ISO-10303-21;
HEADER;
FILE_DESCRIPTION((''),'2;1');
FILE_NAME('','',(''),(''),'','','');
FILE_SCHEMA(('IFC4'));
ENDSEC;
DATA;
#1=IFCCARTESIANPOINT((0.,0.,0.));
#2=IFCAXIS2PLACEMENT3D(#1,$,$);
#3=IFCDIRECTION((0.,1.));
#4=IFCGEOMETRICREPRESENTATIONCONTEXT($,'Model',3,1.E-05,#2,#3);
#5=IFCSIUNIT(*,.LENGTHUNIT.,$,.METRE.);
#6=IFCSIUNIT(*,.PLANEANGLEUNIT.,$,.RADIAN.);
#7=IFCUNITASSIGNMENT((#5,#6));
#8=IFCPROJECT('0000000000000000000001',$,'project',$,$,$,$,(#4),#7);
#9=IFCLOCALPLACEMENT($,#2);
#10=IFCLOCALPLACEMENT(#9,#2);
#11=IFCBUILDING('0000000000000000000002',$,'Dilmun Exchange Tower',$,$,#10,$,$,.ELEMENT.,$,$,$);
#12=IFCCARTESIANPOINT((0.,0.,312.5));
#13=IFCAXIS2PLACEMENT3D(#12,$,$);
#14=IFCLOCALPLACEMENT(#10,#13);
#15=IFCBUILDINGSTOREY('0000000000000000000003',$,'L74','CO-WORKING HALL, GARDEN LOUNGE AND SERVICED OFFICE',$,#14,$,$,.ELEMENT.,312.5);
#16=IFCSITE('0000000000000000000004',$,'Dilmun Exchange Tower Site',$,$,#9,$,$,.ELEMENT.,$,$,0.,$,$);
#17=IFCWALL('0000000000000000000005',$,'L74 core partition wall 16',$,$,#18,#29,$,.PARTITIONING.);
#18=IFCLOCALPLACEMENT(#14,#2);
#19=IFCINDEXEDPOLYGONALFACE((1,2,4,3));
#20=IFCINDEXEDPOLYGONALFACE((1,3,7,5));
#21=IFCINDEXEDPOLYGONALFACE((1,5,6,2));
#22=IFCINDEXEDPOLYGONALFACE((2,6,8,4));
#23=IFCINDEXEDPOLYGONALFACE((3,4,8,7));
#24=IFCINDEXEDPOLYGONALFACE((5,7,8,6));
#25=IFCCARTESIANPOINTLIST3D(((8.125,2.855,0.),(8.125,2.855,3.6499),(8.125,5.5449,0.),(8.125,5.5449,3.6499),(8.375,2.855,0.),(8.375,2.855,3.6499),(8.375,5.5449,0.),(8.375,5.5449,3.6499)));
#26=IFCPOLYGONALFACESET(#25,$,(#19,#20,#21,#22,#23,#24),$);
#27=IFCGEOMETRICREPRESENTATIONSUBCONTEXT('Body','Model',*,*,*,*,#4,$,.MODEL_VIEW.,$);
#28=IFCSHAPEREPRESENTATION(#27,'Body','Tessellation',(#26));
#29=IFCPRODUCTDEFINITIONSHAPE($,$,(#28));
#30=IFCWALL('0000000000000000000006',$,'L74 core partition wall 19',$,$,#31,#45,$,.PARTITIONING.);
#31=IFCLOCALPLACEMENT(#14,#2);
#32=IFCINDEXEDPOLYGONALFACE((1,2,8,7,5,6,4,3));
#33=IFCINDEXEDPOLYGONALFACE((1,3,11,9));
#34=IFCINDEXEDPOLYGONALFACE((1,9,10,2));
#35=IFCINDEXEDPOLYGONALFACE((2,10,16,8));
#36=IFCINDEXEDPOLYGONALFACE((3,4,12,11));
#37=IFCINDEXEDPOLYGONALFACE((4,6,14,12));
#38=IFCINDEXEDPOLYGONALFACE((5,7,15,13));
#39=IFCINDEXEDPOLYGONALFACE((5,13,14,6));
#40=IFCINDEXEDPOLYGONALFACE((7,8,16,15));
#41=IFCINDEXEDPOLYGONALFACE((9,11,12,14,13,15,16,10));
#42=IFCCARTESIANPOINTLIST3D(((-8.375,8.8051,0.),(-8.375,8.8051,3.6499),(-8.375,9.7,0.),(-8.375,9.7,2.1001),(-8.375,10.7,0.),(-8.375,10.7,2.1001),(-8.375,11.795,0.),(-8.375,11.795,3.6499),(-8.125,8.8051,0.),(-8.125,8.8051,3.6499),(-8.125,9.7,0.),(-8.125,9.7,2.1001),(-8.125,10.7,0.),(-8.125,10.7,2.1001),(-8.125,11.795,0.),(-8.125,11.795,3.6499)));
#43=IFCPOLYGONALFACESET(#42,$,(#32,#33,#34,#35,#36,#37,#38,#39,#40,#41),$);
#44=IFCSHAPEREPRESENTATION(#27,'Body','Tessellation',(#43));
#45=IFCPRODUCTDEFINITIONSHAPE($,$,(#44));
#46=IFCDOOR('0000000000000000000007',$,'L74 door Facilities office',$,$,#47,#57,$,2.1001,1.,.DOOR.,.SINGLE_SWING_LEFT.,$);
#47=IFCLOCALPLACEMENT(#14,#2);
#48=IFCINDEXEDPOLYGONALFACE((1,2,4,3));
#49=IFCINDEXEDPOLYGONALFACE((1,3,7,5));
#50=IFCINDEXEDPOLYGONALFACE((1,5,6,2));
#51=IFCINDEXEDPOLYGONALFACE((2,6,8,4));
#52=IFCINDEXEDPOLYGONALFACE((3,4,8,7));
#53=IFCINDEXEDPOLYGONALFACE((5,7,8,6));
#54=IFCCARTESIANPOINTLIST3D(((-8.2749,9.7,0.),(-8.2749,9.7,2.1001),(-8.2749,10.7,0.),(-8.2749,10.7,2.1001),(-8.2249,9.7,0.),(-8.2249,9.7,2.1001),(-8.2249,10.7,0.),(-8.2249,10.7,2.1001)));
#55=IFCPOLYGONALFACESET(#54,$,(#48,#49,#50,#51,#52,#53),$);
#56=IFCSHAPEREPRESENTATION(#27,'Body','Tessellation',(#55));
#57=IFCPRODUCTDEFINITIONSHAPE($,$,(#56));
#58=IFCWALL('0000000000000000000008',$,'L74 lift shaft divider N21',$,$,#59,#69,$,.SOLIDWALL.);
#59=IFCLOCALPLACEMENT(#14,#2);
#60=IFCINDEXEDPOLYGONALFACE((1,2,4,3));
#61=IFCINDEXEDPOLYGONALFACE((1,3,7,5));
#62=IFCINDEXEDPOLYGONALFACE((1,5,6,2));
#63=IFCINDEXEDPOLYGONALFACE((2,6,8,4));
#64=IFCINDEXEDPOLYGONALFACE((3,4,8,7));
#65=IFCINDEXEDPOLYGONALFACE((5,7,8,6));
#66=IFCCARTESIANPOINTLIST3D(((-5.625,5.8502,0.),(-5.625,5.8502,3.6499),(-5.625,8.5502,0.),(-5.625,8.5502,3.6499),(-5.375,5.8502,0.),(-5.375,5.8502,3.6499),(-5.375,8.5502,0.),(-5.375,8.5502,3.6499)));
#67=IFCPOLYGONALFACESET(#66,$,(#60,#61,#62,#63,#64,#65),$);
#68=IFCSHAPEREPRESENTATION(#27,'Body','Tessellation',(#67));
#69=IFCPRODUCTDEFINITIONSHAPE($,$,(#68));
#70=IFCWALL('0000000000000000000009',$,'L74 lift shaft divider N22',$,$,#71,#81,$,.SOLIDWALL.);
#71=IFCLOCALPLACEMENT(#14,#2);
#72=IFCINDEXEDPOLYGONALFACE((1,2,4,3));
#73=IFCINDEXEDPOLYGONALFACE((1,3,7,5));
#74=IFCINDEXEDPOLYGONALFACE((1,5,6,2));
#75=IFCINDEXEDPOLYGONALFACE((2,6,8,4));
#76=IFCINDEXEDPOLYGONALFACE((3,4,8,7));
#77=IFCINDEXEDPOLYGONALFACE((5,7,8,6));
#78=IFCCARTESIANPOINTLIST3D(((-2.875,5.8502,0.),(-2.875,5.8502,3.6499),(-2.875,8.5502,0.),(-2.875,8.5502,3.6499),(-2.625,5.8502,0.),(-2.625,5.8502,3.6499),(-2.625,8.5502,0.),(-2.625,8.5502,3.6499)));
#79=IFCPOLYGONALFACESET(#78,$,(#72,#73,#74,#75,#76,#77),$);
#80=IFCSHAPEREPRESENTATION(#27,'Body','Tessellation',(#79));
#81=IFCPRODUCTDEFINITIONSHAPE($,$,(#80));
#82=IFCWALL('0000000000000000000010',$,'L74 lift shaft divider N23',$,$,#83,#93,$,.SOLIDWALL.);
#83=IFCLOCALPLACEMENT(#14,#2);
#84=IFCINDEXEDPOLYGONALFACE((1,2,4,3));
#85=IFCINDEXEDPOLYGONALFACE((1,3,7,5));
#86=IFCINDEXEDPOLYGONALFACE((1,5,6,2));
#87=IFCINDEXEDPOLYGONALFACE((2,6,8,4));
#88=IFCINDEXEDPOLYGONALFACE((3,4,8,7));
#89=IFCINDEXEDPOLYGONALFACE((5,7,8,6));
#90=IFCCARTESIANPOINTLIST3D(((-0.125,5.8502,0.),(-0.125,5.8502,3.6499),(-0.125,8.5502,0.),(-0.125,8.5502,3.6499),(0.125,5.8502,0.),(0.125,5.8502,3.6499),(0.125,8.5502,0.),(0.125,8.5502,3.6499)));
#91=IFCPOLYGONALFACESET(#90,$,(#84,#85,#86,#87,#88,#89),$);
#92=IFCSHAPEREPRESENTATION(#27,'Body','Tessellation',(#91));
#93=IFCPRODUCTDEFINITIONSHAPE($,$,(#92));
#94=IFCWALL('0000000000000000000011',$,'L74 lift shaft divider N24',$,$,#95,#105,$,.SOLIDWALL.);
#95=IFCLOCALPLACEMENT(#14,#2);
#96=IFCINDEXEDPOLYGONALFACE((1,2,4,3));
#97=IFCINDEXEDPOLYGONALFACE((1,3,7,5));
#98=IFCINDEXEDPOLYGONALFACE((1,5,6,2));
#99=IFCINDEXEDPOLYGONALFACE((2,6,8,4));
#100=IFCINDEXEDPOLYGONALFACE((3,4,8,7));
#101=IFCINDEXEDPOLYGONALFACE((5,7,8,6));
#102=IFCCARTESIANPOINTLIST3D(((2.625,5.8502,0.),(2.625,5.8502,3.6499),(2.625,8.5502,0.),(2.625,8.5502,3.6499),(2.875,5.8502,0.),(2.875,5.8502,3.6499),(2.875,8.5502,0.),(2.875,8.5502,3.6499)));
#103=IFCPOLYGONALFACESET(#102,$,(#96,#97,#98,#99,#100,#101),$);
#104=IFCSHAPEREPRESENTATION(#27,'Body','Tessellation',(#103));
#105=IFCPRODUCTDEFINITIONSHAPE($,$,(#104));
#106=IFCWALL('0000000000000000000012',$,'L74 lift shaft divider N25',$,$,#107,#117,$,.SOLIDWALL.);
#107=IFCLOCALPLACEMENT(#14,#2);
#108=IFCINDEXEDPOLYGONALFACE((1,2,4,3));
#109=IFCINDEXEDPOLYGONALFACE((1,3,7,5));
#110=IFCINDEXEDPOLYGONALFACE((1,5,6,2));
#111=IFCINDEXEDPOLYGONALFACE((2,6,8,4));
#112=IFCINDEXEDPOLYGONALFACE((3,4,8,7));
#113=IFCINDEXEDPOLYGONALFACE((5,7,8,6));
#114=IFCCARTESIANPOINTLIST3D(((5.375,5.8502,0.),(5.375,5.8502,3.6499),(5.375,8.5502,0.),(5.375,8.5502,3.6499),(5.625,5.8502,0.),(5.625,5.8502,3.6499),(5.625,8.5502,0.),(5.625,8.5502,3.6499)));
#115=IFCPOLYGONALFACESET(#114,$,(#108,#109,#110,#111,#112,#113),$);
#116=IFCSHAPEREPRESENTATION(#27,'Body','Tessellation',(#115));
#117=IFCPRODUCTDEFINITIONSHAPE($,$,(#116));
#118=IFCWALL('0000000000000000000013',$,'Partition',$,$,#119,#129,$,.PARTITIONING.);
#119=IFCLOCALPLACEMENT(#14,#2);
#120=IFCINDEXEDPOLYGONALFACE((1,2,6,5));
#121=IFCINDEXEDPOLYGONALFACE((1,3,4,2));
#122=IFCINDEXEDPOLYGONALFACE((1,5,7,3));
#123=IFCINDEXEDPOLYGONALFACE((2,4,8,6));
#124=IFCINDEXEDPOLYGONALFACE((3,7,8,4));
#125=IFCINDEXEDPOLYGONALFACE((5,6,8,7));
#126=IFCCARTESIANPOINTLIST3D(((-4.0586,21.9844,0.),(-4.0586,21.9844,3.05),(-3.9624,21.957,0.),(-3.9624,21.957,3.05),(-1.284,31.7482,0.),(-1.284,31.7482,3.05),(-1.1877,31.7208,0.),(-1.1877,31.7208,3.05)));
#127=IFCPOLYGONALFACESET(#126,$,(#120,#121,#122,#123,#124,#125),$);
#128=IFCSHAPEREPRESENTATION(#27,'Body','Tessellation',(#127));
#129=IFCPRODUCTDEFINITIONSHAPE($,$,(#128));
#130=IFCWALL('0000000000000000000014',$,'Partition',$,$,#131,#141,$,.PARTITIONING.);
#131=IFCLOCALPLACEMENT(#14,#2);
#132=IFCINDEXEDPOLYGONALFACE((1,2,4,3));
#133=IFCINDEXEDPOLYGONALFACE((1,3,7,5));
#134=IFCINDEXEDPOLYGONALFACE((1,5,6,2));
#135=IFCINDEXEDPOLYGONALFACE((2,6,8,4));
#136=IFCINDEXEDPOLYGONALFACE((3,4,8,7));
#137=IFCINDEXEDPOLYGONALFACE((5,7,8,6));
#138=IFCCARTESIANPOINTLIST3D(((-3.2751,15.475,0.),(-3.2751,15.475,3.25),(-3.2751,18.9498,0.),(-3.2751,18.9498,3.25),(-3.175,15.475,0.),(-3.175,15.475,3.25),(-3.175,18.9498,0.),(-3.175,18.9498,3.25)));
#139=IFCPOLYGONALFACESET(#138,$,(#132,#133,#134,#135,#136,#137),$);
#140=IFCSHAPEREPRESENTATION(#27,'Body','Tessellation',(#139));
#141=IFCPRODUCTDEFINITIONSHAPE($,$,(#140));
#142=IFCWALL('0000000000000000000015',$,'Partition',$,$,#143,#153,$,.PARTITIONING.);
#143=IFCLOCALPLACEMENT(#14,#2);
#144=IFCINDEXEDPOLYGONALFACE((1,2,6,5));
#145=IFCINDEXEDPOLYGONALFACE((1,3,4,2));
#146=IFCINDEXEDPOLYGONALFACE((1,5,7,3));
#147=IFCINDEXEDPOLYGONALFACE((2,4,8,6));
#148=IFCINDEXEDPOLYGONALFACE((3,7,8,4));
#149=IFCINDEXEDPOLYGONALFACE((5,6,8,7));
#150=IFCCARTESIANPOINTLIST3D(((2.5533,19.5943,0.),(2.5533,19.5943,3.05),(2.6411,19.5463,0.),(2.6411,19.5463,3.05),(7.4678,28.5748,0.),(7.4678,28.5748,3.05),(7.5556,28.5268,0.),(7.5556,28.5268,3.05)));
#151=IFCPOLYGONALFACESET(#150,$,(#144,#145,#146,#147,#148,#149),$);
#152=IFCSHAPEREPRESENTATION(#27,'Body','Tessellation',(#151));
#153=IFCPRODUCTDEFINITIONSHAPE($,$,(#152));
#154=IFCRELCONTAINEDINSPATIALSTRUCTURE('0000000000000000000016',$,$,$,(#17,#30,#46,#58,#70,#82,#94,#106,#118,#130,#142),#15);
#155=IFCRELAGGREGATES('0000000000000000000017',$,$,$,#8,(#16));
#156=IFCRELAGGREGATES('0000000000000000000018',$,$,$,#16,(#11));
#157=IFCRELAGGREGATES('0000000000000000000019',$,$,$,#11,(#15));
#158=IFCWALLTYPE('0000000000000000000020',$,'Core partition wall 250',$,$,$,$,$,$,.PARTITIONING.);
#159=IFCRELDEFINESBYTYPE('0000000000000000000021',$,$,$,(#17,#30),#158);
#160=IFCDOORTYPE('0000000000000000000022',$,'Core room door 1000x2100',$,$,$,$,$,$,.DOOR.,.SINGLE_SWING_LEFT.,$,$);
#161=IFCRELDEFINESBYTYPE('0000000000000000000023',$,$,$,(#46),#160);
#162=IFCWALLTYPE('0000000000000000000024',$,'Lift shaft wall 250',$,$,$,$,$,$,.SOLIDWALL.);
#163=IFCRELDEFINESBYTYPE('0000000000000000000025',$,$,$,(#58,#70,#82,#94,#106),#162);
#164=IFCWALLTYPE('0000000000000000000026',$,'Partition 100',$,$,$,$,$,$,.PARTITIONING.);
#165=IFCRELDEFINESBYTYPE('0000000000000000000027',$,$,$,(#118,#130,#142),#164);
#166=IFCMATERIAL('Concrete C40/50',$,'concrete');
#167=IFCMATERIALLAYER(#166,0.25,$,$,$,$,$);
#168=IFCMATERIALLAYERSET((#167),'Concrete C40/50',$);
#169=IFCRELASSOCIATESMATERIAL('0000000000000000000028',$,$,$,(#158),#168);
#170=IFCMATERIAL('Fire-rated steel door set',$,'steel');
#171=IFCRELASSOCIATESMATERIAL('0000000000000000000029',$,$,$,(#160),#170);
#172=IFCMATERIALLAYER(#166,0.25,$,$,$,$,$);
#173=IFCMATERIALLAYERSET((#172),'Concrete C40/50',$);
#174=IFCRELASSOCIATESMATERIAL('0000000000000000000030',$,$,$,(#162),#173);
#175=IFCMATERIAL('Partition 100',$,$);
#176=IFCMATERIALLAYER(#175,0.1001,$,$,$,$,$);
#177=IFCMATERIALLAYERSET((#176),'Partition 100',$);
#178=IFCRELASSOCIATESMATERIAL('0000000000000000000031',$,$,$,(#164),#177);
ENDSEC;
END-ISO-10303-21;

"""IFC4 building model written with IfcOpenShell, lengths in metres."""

from ifc_helpers import new_model, si_unit, direction, frame, frame_2d, origin, place, context, subcontext, project, spatial, rectangle, extrude, material, layer, layer_set, type_object, element, fill, save


model = new_model("IFC4")

# Units and contexts
model_context = context("Model", 3, precision=1e-05, world=origin(), true_north=direction((0.0, 1.0)))
body_context = subcontext(model_context, "Body", "Model", "MODEL_VIEW")
ifc_project = project(units=[si_unit("LENGTHUNIT", "METRE"), si_unit("PLANEANGLEUNIT", "RADIAN")], contexts=[model_context])

# Site, building, storey
site_placement = place(None, origin())
site = spatial("IfcSite", under=ifc_project, at=site_placement, Name="Dilmun Exchange Tower Site", CompositionType="ELEMENT", RefElevation=0.0)
building_placement = place(site_placement, origin())
building = spatial("IfcBuilding", under=site, at=building_placement, Name="Dilmun Exchange Tower", CompositionType="ELEMENT")
storey_placement = place(building_placement, frame((0.0, 0.0, 312.5)))
storey = spatial("IfcBuildingStorey", under=building, at=storey_placement, Name="L74", Description="CO-WORKING HALL, GARDEN LOUNGE AND SERVICED OFFICE", CompositionType="ELEMENT", Elevation=312.5)

# Shared definitions
ifc_material_1 = material(Name="Concrete C40/50", Category="concrete")

# Wall
ifc_layer_1 = layer(ifc_material_1, 0.25)
ifc_layer_set_1 = layer_set([ifc_layer_1], Name="Concrete C40/50")
wall_type_1 = type_object("IfcWallType", Name="Core partition wall 250", PredefinedType="PARTITIONING", material=ifc_layer_set_1)
wall_1_placement = place(storey_placement, frame((8.25, 2.855, 0.0), z_axis=(0.0, 0.0, 1.0), x_axis=(0.0, 1.0, 0.0)))
element("IfcWall", 1, at=wall_1_placement, inside=storey, type_object=wall_type_1, Name="L74 core partition wall 16", PredefinedType="PARTITIONING", context=body_context, shape_type="SweptSolid", body=[
    extrude(rectangle(XDim=2.6899, YDim=0.25, at=frame_2d((1.345, 0.0))), origin(), (0.0, 0.0, 1.0), 3.6499),
])

# Wall, opening, door
wall_2_placement = place(storey_placement, frame((-8.25, 8.8049, 0.0), z_axis=(0.0, 0.0, 1.0), x_axis=(0.0, 1.0, 0.0)))
wall_2 = element("IfcWall", 2, at=wall_2_placement, inside=storey, type_object=wall_type_1, Name="L74 core partition wall 19", PredefinedType="PARTITIONING", context=body_context, shape_type="SweptSolid", body=[
    extrude(rectangle(XDim=2.99, YDim=0.25, at=frame_2d((1.4951, 0.0))), origin(), (0.0, 0.0, 1.0), 3.6499),
])
opening_placement = place(wall_2_placement, frame((0.895, 0.0, 0.0)))
opening = element("IfcOpeningElement", 3, at=opening_placement, cuts=wall_2, PredefinedType="OPENING", context=body_context, shape_type="SweptSolid", body=[
    extrude(rectangle(XDim=1.0, YDim=2.1001, at=frame_2d((0.5, 1.05))), frame((0.0, 0.135, 0.0), z_axis=(0.0, -1.0, 0.0), x_axis=(1.0, 0.0, 0.0)), (0.0, 0.0, 1.0), 0.27),
])
ifc_material_2 = material(Name="Fire-rated steel door set", Category="steel")
door_type = type_object("IfcDoorType", Name="Core room door 1000x2100", OperationType="SINGLE_SWING_LEFT", PredefinedType="DOOR", material=ifc_material_2)
door_placement = place(opening_placement, origin())
door = element("IfcDoor", 4, at=door_placement, inside=storey, type_object=door_type, Name="L74 door Facilities office", OperationType="SINGLE_SWING_LEFT", OverallHeight=2.1001, OverallWidth=1.0, PredefinedType="DOOR", context=body_context, shape_type="SweptSolid", body=[
    extrude(rectangle(XDim=1.0, YDim=2.1001, at=frame_2d((0.5, 1.05))), frame((0.0, 0.0249, 0.0), z_axis=(0.0, -1.0, 0.0), x_axis=(1.0, 0.0, 0.0)), (0.0, 0.0, 1.0), 0.05),
])
fill(opening, door)

# Walls
ifc_layer_2 = layer(ifc_material_1, 0.25)
ifc_layer_set_2 = layer_set([ifc_layer_2], Name="Concrete C40/50")
wall_type_2 = type_object("IfcWallType", Name="Lift shaft wall 250", PredefinedType="SOLIDWALL", material=ifc_layer_set_2)
for number, where, z_axis, x_axis, name in (
    (5, (-5.5, 5.8501, 0.0), (0.0, 0.0, 1.0), (0.0, 1.0, 0.0), "L74 lift shaft divider N21"),
    (6, (-2.75, 5.8501, 0.0), (0.0, 0.0, 1.0), (0.0, 1.0, 0.0), "L74 lift shaft divider N22"),
    (7, (0.0, 5.8501, 0.0), (0.0, 0.0, 1.0), (0.0, 1.0, 0.0), "L74 lift shaft divider N23"),
    (8, (2.75, 5.8501, 0.0), (0.0, 0.0, 1.0), (0.0, 1.0, 0.0), "L74 lift shaft divider N24"),
    (9, (5.5, 5.8501, 0.0), (0.0, 0.0, 1.0), (0.0, 1.0, 0.0), "L74 lift shaft divider N25"),
):
    element("IfcWall", number, at=place(storey_placement, frame(where, z_axis=z_axis, x_axis=x_axis)), inside=storey, type_object=wall_type_2, Name=name, PredefinedType="SOLIDWALL", context=body_context, shape_type="SweptSolid", body=[
        extrude(rectangle(XDim=2.7, YDim=0.25, at=frame_2d((1.3501, 0.0))), origin(), (0.0, 0.0, 1.0), 3.6499),
    ])
ifc_material_3 = material(Name="Partition 100")
ifc_layer_3 = layer(ifc_material_3, 0.1001)
ifc_layer_set_3 = layer_set([ifc_layer_3], Name="Partition 100")
wall_type_3 = type_object("IfcWallType", Name="Partition 100", PredefinedType="PARTITIONING", material=ifc_layer_set_3)
wall_3_placement = place(storey_placement, frame((-4.0105, 21.9707, 0.0), z_axis=(0.0, 0.0, 1.0), x_axis=(0.273352, 0.961914, 0.0)))
element("IfcWall", 10, at=wall_3_placement, inside=storey, type_object=wall_type_3, Name="Partition", PredefinedType="PARTITIONING", context=body_context, shape_type="SweptSolid", body=[
    extrude(rectangle(XDim=10.1504, YDim=0.1001, at=frame_2d((5.0752, 0.0))), origin(), (0.0, 0.0, 1.0), 3.05),
])
wall_4_placement = place(storey_placement, frame((-3.2251, 15.4751, 0.0), z_axis=(0.0, 0.0, 1.0), x_axis=(0.0, 1.0, 0.0)))
element("IfcWall", 11, at=wall_4_placement, inside=storey, type_object=wall_type_3, Name="Partition", PredefinedType="PARTITIONING", context=body_context, shape_type="SweptSolid", body=[
    extrude(rectangle(XDim=3.4749, YDim=0.1001, at=frame_2d((1.7373, 0.0))), origin(), (0.0, 0.0, 1.0), 3.25),
])
wall_5_placement = place(storey_placement, frame((2.5972, 19.5703, 0.0), z_axis=(0.0, 0.0, 1.0), x_axis=(0.480065, 0.877233, 0.0)))
element("IfcWall", 12, at=wall_5_placement, inside=storey, type_object=wall_type_3, Name="Partition", PredefinedType="PARTITIONING", context=body_context, shape_type="SweptSolid", body=[
    extrude(rectangle(XDim=10.2373, YDim=0.1001, at=frame_2d((5.1187, 0.0))), origin(), (0.0, 0.0, 1.0), 3.05),
])

save(model, "model.ifc")
